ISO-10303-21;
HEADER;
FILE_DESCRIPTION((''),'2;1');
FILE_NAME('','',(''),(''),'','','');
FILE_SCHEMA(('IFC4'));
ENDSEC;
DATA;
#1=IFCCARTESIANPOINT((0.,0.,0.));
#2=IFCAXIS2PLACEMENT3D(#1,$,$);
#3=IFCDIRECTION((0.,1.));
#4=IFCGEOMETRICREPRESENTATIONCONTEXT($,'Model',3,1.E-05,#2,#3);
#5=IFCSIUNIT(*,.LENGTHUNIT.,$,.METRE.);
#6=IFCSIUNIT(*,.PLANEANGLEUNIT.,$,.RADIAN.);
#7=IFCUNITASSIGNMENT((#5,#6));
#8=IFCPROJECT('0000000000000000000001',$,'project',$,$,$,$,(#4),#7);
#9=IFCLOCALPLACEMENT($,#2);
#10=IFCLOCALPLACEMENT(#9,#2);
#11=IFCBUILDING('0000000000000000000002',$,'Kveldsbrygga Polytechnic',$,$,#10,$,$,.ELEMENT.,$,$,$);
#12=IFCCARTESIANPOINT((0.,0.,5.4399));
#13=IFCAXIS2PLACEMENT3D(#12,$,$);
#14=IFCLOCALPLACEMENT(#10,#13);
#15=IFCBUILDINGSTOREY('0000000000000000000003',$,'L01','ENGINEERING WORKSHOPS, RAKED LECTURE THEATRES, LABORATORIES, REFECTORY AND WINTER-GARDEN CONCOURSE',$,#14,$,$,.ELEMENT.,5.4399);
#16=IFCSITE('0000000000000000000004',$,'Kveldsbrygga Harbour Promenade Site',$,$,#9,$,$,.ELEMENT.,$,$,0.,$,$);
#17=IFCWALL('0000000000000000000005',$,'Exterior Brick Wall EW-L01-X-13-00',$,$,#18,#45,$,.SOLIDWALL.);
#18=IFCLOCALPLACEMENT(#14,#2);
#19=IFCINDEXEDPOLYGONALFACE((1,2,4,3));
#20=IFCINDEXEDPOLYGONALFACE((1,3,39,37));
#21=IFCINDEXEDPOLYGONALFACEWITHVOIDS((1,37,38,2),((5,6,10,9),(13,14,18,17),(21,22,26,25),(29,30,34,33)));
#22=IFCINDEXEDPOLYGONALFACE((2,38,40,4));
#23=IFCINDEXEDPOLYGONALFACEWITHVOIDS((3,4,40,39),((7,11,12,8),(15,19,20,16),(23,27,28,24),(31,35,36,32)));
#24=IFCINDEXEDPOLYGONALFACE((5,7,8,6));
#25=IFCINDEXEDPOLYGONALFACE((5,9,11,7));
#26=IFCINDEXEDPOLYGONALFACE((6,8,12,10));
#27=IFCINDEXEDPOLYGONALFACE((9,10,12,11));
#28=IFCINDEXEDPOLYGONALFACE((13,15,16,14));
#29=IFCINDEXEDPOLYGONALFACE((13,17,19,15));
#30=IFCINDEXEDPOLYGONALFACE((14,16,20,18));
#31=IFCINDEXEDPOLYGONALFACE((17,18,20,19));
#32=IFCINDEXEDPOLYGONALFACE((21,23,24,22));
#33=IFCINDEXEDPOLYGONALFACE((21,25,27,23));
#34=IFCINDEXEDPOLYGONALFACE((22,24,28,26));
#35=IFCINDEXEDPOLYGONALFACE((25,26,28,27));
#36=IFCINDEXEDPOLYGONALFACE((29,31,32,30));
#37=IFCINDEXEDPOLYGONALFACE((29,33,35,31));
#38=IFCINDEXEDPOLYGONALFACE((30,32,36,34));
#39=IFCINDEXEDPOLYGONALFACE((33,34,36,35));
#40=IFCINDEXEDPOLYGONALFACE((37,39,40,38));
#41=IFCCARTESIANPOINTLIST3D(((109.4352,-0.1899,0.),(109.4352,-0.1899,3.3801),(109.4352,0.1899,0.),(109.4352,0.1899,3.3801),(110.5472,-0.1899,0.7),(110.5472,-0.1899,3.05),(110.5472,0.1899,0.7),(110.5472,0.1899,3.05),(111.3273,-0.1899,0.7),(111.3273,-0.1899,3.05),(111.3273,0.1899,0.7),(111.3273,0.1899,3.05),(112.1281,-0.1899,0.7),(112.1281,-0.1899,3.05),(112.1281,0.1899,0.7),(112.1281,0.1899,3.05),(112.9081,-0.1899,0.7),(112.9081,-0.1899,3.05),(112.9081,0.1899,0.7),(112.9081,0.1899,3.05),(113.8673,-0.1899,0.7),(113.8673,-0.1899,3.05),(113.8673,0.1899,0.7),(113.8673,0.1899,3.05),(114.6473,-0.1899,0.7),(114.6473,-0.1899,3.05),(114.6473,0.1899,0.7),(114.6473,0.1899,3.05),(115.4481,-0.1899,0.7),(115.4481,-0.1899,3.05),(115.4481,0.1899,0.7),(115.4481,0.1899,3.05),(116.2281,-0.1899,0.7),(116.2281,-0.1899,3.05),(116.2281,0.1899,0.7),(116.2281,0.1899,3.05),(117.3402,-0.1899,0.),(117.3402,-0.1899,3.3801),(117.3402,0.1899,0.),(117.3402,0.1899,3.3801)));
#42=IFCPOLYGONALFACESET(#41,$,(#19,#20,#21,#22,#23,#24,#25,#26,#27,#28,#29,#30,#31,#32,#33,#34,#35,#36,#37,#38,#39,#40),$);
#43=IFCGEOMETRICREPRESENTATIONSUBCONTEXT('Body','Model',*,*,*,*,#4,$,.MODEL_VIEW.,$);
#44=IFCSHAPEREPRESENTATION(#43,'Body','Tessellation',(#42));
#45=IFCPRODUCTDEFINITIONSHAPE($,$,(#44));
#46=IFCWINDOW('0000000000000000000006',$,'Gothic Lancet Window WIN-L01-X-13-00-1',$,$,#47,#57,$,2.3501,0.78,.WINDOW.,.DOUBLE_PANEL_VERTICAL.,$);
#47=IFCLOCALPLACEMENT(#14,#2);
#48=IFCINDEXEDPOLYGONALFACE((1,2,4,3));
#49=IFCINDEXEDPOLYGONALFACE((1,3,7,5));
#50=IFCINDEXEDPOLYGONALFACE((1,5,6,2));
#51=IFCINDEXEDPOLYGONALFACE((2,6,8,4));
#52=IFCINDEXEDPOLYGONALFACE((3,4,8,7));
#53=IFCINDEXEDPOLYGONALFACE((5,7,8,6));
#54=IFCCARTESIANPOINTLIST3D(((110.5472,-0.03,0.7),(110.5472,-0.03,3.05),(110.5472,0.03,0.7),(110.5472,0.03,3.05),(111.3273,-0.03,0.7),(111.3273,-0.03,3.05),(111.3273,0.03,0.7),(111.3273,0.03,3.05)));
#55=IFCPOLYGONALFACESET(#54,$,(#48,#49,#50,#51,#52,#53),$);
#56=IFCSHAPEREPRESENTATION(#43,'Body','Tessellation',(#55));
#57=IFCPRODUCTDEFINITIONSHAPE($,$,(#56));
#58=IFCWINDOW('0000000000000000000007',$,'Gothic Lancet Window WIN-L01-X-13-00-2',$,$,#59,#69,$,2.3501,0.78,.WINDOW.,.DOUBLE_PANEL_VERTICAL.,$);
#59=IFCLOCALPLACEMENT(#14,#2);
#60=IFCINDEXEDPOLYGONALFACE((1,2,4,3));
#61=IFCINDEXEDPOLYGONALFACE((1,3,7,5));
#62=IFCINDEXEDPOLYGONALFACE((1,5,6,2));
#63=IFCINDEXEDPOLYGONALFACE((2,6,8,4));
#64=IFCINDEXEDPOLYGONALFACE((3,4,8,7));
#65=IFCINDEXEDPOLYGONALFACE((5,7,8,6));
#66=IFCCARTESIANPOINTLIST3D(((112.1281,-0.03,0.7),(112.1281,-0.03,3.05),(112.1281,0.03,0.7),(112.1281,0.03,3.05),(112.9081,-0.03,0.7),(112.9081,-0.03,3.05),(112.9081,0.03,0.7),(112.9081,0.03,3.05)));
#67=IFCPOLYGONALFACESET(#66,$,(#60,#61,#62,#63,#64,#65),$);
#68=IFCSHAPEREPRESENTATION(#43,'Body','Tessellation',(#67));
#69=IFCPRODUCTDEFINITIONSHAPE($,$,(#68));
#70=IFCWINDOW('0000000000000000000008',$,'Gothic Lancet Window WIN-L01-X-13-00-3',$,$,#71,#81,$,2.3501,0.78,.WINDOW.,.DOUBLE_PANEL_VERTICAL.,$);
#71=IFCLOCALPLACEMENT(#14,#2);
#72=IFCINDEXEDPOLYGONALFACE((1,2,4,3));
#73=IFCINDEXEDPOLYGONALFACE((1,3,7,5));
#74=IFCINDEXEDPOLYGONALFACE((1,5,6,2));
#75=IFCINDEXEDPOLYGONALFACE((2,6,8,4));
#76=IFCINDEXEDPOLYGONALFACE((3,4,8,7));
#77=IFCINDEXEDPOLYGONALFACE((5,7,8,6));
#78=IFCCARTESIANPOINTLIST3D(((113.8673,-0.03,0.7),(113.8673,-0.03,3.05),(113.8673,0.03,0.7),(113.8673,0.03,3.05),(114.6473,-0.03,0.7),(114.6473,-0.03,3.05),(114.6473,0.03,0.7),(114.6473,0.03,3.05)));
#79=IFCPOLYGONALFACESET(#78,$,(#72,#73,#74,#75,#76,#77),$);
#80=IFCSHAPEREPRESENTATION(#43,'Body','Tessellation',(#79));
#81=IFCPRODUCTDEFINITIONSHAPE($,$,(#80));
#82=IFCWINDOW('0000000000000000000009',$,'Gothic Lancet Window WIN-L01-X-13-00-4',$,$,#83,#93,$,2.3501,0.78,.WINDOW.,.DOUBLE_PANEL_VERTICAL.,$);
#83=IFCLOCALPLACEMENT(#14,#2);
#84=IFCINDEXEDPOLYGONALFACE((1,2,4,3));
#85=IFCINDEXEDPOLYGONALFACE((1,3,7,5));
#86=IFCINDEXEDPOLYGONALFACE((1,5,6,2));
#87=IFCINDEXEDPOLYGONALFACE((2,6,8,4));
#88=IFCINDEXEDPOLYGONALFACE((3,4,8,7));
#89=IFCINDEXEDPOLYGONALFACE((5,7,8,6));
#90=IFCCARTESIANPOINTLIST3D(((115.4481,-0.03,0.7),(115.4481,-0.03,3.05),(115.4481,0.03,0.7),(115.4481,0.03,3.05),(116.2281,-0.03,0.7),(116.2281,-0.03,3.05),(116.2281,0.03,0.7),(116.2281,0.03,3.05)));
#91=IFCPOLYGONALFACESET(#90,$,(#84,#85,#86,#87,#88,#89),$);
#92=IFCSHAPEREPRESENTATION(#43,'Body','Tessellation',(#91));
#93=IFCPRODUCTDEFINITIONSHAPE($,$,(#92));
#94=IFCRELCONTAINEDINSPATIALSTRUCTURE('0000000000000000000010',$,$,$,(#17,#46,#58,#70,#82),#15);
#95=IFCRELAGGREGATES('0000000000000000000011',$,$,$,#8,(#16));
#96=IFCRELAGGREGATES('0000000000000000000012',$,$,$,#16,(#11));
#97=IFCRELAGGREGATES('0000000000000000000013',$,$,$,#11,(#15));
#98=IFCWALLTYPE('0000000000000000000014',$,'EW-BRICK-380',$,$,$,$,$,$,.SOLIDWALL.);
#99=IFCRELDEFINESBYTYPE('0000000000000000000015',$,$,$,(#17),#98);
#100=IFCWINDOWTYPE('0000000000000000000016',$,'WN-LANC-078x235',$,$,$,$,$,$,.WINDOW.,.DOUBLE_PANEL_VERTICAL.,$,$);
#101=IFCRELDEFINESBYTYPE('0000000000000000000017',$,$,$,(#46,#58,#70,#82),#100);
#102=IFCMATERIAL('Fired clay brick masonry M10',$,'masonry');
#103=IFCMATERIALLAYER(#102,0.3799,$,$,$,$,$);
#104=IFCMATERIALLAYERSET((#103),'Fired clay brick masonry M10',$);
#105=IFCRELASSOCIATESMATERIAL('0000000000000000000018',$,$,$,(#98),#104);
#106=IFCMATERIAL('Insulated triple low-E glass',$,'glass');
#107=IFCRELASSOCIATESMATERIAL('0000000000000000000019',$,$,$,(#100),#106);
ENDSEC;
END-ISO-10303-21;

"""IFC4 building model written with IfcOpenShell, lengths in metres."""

from ifc_helpers import new_model, si_unit, direction, frame, frame_2d, origin, place, context, subcontext, project, spatial, rectangle, extrude, material, layer, layer_set, type_object, element, fill, save


model = new_model("IFC4")

# Units and contexts
model_context = context("Model", 3, precision=1e-05, world=origin(), true_north=direction((0.0, 1.0)))
body_context = subcontext(model_context, "Body", "Model", "MODEL_VIEW")
ifc_project = project(units=[si_unit("LENGTHUNIT", "METRE"), si_unit("PLANEANGLEUNIT", "RADIAN")], contexts=[model_context])

# Site, building, storey
site_placement = place(None, origin())
site = spatial("IfcSite", under=ifc_project, at=site_placement, Name="Kveldsbrygga Harbour Promenade Site", CompositionType="ELEMENT", RefElevation=0.0)
building_placement = place(site_placement, origin())
building = spatial("IfcBuilding", under=site, at=building_placement, Name="Kveldsbrygga Polytechnic", CompositionType="ELEMENT")
storey_placement = place(building_placement, frame((0.0, 0.0, 5.4399)))
storey = spatial("IfcBuildingStorey", under=building, at=storey_placement, Name="L01", Description="ENGINEERING WORKSHOPS, RAKED LECTURE THEATRES, LABORATORIES, REFECTORY AND WINTER-GARDEN CONCOURSE", CompositionType="ELEMENT", Elevation=5.4399)

# Wall, openings, windows
ifc_material_1 = material(Name="Fired clay brick masonry M10", Category="masonry")
ifc_layer_1 = layer(ifc_material_1, 0.3799)
ifc_layer_set_1 = layer_set([ifc_layer_1], Name="Fired clay brick masonry M10")
wall_type_1 = type_object("IfcWallType", Name="EW-BRICK-380", PredefinedType="SOLIDWALL", material=ifc_layer_set_1)
wall_1_placement = place(storey_placement, frame((109.4351, 0.0, 0.0), z_axis=(0.0, 0.0, 1.0), x_axis=(1.0, 0.0, 0.0)))
wall_1 = element("IfcWall", 1, at=wall_1_placement, inside=storey, type_object=wall_type_1, Name="Exterior Brick Wall EW-L01-X-13-00", PredefinedType="SOLIDWALL", context=body_context, shape_type="SweptSolid", body=[
    extrude(rectangle(XDim=7.905, YDim=0.3799, at=frame_2d((3.9526, 0.0))), origin(), (0.0, 0.0, 1.0), 3.3801),
])
opening_1_placement = place(wall_1_placement, frame((1.1121, 0.0, 0.7)))
opening_1 = element("IfcOpeningElement", 2, at=opening_1_placement, cuts=wall_1, PredefinedType="OPENING", context=body_context, shape_type="SweptSolid", body=[
    extrude(rectangle(XDim=0.78, YDim=2.3501, at=frame_2d((0.3901, 1.175))), frame((0.0, 0.2, 0.0), z_axis=(0.0, -1.0, 0.0), x_axis=(1.0, 0.0, 0.0)), (0.0, 0.0, 1.0), 0.3999),
])
opening_2_placement = place(wall_1_placement, frame((2.6929, 0.0, 0.7)))
opening_2 = element("IfcOpeningElement", 3, at=opening_2_placement, cuts=wall_1, PredefinedType="OPENING", context=body_context, shape_type="SweptSolid", body=[
    extrude(rectangle(XDim=0.78, YDim=2.3501, at=frame_2d((0.3901, 1.175))), frame((0.0, 0.2, 0.0), z_axis=(0.0, -1.0, 0.0), x_axis=(1.0, 0.0, 0.0)), (0.0, 0.0, 1.0), 0.3999),
])
opening_3_placement = place(wall_1_placement, frame((4.4321, 0.0, 0.7)))
opening_3 = element("IfcOpeningElement", 4, at=opening_3_placement, cuts=wall_1, PredefinedType="OPENING", context=body_context, shape_type="SweptSolid", body=[
    extrude(rectangle(XDim=0.78, YDim=2.3501, at=frame_2d((0.3901, 1.175))), frame((0.0, 0.2, 0.0), z_axis=(0.0, -1.0, 0.0), x_axis=(1.0, 0.0, 0.0)), (0.0, 0.0, 1.0), 0.3999),
])
opening_4_placement = place(wall_1_placement, frame((6.0129, 0.0, 0.7)))
opening_4 = element("IfcOpeningElement", 5, at=opening_4_placement, cuts=wall_1, PredefinedType="OPENING", context=body_context, shape_type="SweptSolid", body=[
    extrude(rectangle(XDim=0.78, YDim=2.3501, at=frame_2d((0.3901, 1.175))), frame((0.0, 0.2, 0.0), z_axis=(0.0, -1.0, 0.0), x_axis=(1.0, 0.0, 0.0)), (0.0, 0.0, 1.0), 0.3999),
])
ifc_material_2 = material(Name="Insulated triple low-E glass", Category="glass")
window_type_1 = type_object("IfcWindowType", Name="WN-LANC-078x235", PartitioningType="DOUBLE_PANEL_VERTICAL", PredefinedType="WINDOW", material=ifc_material_2)
window_1_placement = place(opening_1_placement, origin())
window_1 = element("IfcWindow", 6, at=window_1_placement, inside=storey, type_object=window_type_1, Name="Gothic Lancet Window WIN-L01-X-13-00-1", OverallHeight=2.3501, OverallWidth=0.78, PartitioningType="DOUBLE_PANEL_VERTICAL", PredefinedType="WINDOW", context=body_context, shape_type="SweptSolid", body=[
    extrude(rectangle(XDim=0.78, YDim=2.3501, at=frame_2d((0.3901, 1.175))), frame((0.0, 0.03, 0.0), z_axis=(0.0, -1.0, 0.0), x_axis=(1.0, 0.0, 0.0)), (0.0, 0.0, 1.0), 0.0601),
])
fill(opening_1, window_1)
window_2_placement = place(opening_2_placement, origin())
window_2 = element("IfcWindow", 7, at=window_2_placement, inside=storey, type_object=window_type_1, Name="Gothic Lancet Window WIN-L01-X-13-00-2", OverallHeight=2.3501, OverallWidth=0.78, PartitioningType="DOUBLE_PANEL_VERTICAL", PredefinedType="WINDOW", context=body_context, shape_type="SweptSolid", body=[
    extrude(rectangle(XDim=0.78, YDim=2.3501, at=frame_2d((0.3901, 1.175))), frame((0.0, 0.03, 0.0), z_axis=(0.0, -1.0, 0.0), x_axis=(1.0, 0.0, 0.0)), (0.0, 0.0, 1.0), 0.0601),
])
fill(opening_2, window_2)
window_3_placement = place(opening_3_placement, origin())
window_3 = element("IfcWindow", 8, at=window_3_placement, inside=storey, type_object=window_type_1, Name="Gothic Lancet Window WIN-L01-X-13-00-3", OverallHeight=2.3501, OverallWidth=0.78, PartitioningType="DOUBLE_PANEL_VERTICAL", PredefinedType="WINDOW", context=body_context, shape_type="SweptSolid", body=[
    extrude(rectangle(XDim=0.78, YDim=2.3501, at=frame_2d((0.3901, 1.175))), frame((0.0, 0.03, 0.0), z_axis=(0.0, -1.0, 0.0), x_axis=(1.0, 0.0, 0.0)), (0.0, 0.0, 1.0), 0.0601),
])
fill(opening_3, window_3)
window_4_placement = place(opening_4_placement, origin())
window_4 = element("IfcWindow", 9, at=window_4_placement, inside=storey, type_object=window_type_1, Name="Gothic Lancet Window WIN-L01-X-13-00-4", OverallHeight=2.3501, OverallWidth=0.78, PartitioningType="DOUBLE_PANEL_VERTICAL", PredefinedType="WINDOW", context=body_context, shape_type="SweptSolid", body=[
    extrude(rectangle(XDim=0.78, YDim=2.3501, at=frame_2d((0.3901, 1.175))), frame((0.0, 0.03, 0.0), z_axis=(0.0, -1.0, 0.0), x_axis=(1.0, 0.0, 0.0)), (0.0, 0.0, 1.0), 0.0601),
])
fill(opening_4, window_4)

save(model, "model.ifc")
